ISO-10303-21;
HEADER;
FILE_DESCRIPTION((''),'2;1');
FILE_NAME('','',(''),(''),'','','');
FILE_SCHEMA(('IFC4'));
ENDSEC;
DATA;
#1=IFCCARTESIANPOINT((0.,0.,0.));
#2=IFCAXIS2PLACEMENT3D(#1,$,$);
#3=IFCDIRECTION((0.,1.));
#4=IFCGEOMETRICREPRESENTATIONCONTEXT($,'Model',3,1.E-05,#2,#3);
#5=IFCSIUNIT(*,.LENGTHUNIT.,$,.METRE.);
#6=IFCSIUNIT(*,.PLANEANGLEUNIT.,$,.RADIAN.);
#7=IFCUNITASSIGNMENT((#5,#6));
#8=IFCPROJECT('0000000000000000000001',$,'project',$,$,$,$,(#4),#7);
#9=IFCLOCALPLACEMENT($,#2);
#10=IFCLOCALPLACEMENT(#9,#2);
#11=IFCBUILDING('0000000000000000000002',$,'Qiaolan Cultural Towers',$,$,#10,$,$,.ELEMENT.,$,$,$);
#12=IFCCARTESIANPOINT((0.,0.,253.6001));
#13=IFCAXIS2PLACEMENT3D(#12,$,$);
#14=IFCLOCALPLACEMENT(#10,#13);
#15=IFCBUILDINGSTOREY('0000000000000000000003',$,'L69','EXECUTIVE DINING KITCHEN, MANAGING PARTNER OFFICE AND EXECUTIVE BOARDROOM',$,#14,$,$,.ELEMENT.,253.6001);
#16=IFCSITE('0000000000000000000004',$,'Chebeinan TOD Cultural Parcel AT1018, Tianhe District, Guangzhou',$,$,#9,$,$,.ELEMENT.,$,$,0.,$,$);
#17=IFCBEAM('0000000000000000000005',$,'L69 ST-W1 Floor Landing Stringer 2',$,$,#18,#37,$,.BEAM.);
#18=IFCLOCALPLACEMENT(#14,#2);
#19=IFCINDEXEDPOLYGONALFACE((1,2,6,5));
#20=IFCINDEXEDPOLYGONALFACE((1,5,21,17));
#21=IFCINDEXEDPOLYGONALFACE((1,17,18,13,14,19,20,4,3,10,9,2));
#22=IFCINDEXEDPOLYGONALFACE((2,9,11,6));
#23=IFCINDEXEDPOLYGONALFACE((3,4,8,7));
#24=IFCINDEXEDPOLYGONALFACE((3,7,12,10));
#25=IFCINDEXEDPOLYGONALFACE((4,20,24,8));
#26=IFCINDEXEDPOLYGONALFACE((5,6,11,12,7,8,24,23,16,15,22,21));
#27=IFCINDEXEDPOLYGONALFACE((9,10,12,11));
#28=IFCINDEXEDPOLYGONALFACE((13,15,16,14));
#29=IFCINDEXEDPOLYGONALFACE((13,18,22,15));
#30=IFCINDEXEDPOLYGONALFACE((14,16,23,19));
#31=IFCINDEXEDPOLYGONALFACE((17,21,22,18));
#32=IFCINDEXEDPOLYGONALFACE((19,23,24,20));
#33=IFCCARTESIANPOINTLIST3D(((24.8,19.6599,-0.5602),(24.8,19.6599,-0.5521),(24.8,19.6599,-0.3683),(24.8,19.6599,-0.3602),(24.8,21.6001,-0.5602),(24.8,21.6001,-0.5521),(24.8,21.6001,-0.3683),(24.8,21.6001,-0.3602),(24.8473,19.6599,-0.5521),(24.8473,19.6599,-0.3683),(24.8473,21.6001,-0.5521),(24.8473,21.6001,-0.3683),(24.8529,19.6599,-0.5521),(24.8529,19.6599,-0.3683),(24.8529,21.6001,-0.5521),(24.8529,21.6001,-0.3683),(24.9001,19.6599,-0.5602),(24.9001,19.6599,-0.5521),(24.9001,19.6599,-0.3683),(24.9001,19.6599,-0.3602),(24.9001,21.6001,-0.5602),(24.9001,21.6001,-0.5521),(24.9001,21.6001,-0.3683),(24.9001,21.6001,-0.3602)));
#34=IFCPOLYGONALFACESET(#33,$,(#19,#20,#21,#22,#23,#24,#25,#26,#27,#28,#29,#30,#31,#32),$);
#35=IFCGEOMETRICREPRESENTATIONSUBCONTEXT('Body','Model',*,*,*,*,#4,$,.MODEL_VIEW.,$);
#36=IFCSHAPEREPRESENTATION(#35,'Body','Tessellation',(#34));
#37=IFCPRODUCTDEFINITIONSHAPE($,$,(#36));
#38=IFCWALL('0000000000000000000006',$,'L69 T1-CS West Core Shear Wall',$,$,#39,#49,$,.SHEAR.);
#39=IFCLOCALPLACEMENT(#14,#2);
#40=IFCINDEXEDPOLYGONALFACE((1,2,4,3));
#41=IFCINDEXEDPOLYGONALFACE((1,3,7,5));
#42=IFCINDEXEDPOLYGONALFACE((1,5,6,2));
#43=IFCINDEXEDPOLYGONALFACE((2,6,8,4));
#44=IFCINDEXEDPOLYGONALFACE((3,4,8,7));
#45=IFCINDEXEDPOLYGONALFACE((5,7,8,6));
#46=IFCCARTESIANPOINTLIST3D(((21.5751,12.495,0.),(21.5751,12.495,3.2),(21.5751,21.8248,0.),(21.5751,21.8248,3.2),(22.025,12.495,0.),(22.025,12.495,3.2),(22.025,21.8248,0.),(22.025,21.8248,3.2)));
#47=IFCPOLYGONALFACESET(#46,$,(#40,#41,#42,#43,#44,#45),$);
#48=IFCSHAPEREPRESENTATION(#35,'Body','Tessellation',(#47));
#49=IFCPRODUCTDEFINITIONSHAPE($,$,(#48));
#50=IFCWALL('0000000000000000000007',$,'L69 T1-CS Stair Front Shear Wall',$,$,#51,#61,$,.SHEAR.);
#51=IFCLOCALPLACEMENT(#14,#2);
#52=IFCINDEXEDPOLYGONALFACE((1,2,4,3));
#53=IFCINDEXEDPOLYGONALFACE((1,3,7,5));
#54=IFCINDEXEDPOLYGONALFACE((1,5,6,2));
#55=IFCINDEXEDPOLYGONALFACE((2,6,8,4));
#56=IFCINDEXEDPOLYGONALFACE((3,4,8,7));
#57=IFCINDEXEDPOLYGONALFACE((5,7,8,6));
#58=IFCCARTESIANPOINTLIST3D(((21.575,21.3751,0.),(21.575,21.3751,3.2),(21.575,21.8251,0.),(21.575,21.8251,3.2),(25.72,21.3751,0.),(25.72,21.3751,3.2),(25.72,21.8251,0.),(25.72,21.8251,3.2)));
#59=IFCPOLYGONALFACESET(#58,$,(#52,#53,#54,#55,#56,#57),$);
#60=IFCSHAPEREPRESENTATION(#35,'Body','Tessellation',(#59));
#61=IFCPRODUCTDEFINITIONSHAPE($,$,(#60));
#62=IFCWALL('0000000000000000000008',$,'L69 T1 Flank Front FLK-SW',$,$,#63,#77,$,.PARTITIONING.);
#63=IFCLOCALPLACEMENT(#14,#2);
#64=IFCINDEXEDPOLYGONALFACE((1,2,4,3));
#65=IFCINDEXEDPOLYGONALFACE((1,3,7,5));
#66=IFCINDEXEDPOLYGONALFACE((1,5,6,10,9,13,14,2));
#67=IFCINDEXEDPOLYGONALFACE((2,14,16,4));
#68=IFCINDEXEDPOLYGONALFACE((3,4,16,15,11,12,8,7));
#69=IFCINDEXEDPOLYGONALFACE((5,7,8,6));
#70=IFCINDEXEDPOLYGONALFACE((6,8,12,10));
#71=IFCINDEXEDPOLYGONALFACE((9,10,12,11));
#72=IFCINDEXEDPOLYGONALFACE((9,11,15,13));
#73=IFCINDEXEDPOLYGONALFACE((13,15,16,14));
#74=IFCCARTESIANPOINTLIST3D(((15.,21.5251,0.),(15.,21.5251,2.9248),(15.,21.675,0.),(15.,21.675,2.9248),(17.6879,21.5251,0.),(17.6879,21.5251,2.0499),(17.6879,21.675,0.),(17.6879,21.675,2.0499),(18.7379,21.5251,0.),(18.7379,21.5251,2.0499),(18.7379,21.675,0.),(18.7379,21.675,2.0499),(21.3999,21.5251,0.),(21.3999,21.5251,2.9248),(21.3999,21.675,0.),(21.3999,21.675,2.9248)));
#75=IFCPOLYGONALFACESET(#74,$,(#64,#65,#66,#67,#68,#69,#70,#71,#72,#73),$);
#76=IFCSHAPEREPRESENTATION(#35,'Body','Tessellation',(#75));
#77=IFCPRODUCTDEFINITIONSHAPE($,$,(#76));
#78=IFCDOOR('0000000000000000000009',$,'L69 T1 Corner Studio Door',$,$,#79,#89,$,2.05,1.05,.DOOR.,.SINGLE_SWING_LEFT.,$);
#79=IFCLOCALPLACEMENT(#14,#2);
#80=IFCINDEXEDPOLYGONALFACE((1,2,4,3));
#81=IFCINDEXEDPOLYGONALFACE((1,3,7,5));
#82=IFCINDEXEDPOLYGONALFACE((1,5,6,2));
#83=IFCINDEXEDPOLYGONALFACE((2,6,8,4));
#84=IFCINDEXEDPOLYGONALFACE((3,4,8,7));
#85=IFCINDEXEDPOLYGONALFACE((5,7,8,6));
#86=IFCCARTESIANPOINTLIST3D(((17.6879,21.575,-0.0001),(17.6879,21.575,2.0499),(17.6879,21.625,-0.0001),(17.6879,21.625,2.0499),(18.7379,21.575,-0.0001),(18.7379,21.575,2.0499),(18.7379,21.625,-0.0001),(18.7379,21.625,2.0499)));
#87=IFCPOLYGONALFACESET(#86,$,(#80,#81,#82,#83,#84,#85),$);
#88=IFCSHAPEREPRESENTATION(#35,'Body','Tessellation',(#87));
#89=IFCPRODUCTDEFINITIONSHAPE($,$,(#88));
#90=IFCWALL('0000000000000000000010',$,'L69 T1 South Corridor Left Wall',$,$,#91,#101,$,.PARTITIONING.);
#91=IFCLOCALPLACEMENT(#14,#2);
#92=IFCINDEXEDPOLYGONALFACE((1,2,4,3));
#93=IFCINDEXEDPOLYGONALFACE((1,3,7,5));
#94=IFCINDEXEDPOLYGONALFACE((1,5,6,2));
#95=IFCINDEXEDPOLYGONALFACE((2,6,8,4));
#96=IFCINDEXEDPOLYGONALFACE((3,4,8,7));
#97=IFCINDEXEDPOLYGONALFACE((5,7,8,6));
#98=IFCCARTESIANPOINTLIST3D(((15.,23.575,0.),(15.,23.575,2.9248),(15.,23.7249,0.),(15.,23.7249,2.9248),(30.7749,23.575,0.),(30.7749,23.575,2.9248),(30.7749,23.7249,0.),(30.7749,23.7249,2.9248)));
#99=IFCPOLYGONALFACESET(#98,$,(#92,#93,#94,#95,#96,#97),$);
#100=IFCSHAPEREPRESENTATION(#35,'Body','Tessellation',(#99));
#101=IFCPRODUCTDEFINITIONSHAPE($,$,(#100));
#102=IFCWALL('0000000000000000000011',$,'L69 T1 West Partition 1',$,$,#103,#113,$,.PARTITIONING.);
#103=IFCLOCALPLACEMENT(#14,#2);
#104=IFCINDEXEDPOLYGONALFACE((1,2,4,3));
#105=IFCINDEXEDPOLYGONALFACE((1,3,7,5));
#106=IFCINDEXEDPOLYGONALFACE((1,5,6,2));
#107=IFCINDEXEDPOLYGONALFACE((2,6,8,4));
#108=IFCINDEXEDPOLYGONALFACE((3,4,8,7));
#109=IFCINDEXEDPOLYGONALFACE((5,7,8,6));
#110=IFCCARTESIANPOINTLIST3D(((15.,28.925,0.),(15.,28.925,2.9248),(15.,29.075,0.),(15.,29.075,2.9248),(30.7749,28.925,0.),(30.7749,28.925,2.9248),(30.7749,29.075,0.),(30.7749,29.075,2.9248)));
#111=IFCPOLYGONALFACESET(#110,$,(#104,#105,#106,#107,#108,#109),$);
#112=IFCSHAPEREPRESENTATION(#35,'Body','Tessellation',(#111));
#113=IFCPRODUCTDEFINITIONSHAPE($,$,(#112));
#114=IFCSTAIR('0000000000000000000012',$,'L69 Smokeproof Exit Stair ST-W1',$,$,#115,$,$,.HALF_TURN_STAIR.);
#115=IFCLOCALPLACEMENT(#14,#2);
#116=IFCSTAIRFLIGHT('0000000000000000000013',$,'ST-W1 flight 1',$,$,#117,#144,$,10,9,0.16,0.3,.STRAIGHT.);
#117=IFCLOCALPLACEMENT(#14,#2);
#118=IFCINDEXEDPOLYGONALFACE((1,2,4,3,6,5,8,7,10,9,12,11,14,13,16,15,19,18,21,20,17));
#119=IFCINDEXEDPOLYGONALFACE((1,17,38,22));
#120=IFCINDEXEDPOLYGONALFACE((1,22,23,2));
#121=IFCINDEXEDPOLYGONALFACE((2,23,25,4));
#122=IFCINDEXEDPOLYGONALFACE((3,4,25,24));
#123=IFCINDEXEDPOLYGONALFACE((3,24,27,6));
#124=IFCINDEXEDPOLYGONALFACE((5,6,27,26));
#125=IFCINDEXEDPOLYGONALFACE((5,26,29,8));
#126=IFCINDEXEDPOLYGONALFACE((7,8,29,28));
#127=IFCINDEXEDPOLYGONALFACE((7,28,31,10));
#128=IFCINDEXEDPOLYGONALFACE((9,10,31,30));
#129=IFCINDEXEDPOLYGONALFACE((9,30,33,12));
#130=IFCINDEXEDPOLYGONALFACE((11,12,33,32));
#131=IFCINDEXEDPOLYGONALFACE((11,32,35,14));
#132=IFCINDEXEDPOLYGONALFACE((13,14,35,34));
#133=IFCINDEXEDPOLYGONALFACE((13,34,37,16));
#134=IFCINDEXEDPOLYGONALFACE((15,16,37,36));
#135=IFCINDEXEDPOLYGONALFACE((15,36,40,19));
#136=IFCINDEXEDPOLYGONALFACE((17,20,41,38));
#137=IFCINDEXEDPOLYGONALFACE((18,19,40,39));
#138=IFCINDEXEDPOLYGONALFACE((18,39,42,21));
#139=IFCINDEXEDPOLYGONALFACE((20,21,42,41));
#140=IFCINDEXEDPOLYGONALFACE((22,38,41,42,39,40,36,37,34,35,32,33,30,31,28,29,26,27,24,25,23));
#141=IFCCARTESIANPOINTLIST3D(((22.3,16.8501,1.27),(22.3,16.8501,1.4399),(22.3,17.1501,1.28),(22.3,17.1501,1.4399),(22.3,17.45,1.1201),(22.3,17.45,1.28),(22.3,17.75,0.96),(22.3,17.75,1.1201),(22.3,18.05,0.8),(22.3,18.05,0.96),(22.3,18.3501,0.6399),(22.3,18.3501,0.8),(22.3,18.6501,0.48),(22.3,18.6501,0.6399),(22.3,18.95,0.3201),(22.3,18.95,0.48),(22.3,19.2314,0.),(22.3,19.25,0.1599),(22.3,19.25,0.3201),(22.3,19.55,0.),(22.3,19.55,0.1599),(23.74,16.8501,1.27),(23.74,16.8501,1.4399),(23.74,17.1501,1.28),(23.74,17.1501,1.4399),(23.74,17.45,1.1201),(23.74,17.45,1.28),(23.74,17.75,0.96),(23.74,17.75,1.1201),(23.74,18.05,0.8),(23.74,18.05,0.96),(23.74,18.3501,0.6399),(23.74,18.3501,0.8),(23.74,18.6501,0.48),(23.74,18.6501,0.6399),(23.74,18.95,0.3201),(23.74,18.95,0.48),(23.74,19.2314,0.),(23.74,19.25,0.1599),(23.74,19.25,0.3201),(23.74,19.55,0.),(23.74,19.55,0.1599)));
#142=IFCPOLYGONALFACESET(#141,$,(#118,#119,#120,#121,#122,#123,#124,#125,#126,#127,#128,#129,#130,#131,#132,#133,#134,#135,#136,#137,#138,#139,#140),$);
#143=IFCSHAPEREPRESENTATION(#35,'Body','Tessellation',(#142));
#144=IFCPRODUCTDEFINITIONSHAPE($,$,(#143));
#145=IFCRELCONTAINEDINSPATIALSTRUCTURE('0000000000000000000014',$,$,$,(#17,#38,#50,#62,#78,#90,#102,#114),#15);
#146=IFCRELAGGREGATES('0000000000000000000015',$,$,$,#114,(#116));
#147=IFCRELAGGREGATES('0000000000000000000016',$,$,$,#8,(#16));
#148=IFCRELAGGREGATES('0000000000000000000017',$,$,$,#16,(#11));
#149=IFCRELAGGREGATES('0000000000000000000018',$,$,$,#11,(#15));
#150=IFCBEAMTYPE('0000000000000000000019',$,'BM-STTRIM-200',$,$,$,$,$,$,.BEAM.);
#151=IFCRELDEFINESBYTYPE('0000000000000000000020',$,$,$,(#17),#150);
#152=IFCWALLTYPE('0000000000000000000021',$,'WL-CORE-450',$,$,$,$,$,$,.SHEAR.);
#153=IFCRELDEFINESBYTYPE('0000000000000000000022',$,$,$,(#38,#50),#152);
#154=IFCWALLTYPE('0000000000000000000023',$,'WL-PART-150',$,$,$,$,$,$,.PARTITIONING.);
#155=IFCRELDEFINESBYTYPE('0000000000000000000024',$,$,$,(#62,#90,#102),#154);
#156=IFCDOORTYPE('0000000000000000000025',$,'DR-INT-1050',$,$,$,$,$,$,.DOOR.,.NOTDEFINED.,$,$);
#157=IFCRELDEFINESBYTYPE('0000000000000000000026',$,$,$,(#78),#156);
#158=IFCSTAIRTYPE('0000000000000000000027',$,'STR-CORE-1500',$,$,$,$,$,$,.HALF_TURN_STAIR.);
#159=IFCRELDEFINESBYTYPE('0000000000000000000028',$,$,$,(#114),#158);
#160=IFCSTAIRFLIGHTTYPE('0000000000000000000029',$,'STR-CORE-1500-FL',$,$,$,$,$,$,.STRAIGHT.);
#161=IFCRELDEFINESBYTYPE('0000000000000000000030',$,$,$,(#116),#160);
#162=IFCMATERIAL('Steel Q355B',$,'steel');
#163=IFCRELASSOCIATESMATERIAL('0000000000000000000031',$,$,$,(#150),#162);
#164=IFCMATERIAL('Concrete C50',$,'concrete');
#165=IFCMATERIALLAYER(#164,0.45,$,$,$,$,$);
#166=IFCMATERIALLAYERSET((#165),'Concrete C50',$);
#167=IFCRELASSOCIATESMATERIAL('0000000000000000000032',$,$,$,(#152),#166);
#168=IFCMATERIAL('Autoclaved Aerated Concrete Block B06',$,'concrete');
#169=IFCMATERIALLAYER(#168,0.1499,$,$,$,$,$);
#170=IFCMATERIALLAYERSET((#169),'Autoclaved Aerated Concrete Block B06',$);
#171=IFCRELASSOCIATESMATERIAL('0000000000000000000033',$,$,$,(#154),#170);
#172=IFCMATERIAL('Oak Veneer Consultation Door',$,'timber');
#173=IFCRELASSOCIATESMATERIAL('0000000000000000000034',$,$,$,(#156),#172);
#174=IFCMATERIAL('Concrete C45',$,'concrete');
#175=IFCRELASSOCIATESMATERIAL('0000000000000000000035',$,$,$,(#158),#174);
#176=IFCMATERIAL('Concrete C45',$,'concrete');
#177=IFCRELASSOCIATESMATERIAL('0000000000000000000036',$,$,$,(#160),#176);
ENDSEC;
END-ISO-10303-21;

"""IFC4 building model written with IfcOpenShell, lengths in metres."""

from ifc_helpers import new_model, si_unit, direction, frame, frame_2d, origin, origin_2d, place, context, subcontext, project, spatial, polyline, rectangle, i_section, outline, extrude, material, layer, layer_set, material_profile, profile_set, type_object, element, fill, aggregate, save


model = new_model("IFC4")

# Units and contexts
model_context = context("Model", 3, precision=1e-05, world=origin(), true_north=direction((0.0, 1.0)))
body_context = subcontext(model_context, "Body", "Model", "MODEL_VIEW")
ifc_project = project(units=[si_unit("LENGTHUNIT", "METRE"), si_unit("PLANEANGLEUNIT", "RADIAN")], contexts=[model_context])

# Site, building, storey
site_placement = place(None, origin())
site = spatial("IfcSite", under=ifc_project, at=site_placement, Name="Chebeinan TOD Cultural Parcel AT1018, Tianhe District, Guangzhou", CompositionType="ELEMENT", RefElevation=0.0)
building_placement = place(site_placement, origin())
building = spatial("IfcBuilding", under=site, at=building_placement, Name="Qiaolan Cultural Towers", CompositionType="ELEMENT")
storey_placement = place(building_placement, frame((0.0, 0.0, 253.6001)))
storey = spatial("IfcBuildingStorey", under=building, at=storey_placement, Name="L69", Description="EXECUTIVE DINING KITCHEN, MANAGING PARTNER OFFICE AND EXECUTIVE BOARDROOM", CompositionType="ELEMENT", Elevation=253.6001)

# Beam
ifc_material_1 = material(Name="Steel Q355B", Category="steel")
ifc_material_profile_1 = material_profile(ifc_material_1, i_section(OverallWidth=0.1001, OverallDepth=0.2, WebThickness=0.0056, FlangeThickness=0.0081, at=origin_2d()), Name="HN200x100x5.5x8")
ifc_profile_set_1 = profile_set([ifc_material_profile_1], Name="Steel Q355B")
beam_type_1 = type_object("IfcBeamType", Name="BM-STTRIM-200", PredefinedType="BEAM", material=ifc_profile_set_1)
for number, where, z_axis, x_axis, name in (
    (1, (24.8501, 21.6001, -0.4602), (0.0, -1.0, 0.0), (1.0, 0.0, 0.0), "L69 ST-W1 Floor Landing Stringer 2"),
):
    element("IfcBeam", number, at=place(storey_placement, frame(where, z_axis=z_axis, x_axis=x_axis)), inside=storey, type_object=beam_type_1, Name=name, PredefinedType="BEAM", context=body_context, shape_type="SweptSolid", body=[
        extrude(i_section(OverallWidth=0.1001, OverallDepth=0.2, WebThickness=0.0056, FlangeThickness=0.0081, at=origin_2d()), origin(), (0.0, 0.0, 1.0), 1.9402),
    ])

# Walls
ifc_material_2 = material(Name="Concrete C50", Category="concrete")
ifc_layer_1 = layer(ifc_material_2, 0.45)
ifc_layer_set_1 = layer_set([ifc_layer_1], Name="Concrete C50")
wall_type_1 = type_object("IfcWallType", Name="WL-CORE-450", PredefinedType="SHEAR", material=ifc_layer_set_1)
wall_1_placement = place(storey_placement, frame((21.8, 21.825, 0.0), z_axis=(0.0, 0.0, 1.0), x_axis=(0.0, -1.0, 0.0)))
element("IfcWall", 2, at=wall_1_placement, inside=storey, type_object=wall_type_1, Name="L69 T1-CS West Core Shear Wall", PredefinedType="SHEAR", context=body_context, shape_type="SweptSolid", body=[
    extrude(rectangle(XDim=9.3298, YDim=0.45, at=frame_2d((4.665, 0.0))), origin(), (0.0, 0.0, 1.0), 3.2),
])
wall_2_placement = place(storey_placement, frame((21.575, 21.6001, 0.0), z_axis=(0.0, 0.0, 1.0), x_axis=(1.0, 0.0, 0.0)))
element("IfcWall", 3, at=wall_2_placement, inside=storey, type_object=wall_type_1, Name="L69 T1-CS Stair Front Shear Wall", PredefinedType="SHEAR", context=body_context, shape_type="SweptSolid", body=[
    extrude(rectangle(XDim=4.145, YDim=0.45, at=frame_2d((2.0725, 0.0))), origin(), (0.0, 0.0, 1.0), 3.2),
])

# Wall, opening, door
ifc_material_3 = material(Name="Autoclaved Aerated Concrete Block B06", Category="concrete")
ifc_layer_2 = layer(ifc_material_3, 0.1499)
ifc_layer_set_2 = layer_set([ifc_layer_2], Name="Autoclaved Aerated Concrete Block B06")
wall_type_2 = type_object("IfcWallType", Name="WL-PART-150", PredefinedType="PARTITIONING", material=ifc_layer_set_2)
wall_3_placement = place(storey_placement, frame((15.0, 21.6001, 0.0), z_axis=(0.0, 0.0, 1.0), x_axis=(1.0, 0.0, 0.0)))
wall_3 = element("IfcWall", 4, at=wall_3_placement, inside=storey, type_object=wall_type_2, Name="L69 T1 Flank Front FLK-SW", PredefinedType="PARTITIONING", context=body_context, shape_type="SweptSolid", body=[
    extrude(rectangle(XDim=6.3999, YDim=0.1499, at=frame_2d((3.2, 0.0))), origin(), (0.0, 0.0, 1.0), 2.9248),
])
opening_placement = place(wall_3_placement, frame((2.688, 0.0, 0.0)))
opening = element("IfcOpeningElement", 5, at=opening_placement, cuts=wall_3, PredefinedType="OPENING", context=body_context, shape_type="SweptSolid", body=[
    extrude(rectangle(XDim=1.05, YDim=2.05, at=frame_2d((0.5249, 1.0249))), frame((0.0, 0.085, 0.0), z_axis=(0.0, -1.0, 0.0), x_axis=(1.0, 0.0, 0.0)), (0.0, 0.0, 1.0), 0.1699),
])
ifc_material_4 = material(Name="Oak Veneer Consultation Door", Category="timber")
door_type = type_object("IfcDoorType", Name="DR-INT-1050", OperationType="NOTDEFINED", PredefinedType="DOOR", material=ifc_material_4)
door_placement = place(opening_placement, origin())
door = element("IfcDoor", 6, at=door_placement, inside=storey, type_object=door_type, Name="L69 T1 Corner Studio Door", OperationType="SINGLE_SWING_LEFT", OverallHeight=2.05, OverallWidth=1.05, PredefinedType="DOOR", context=body_context, shape_type="SweptSolid", body=[
    extrude(rectangle(XDim=1.05, YDim=2.05, at=frame_2d((0.5249, 1.0249))), frame((0.0, 0.0249, 0.0), z_axis=(0.0, -1.0, 0.0), x_axis=(1.0, 0.0, 0.0)), (0.0, 0.0, 1.0), 0.05),
])
fill(opening, door)

# Walls
for number, where, z_axis, x_axis, name in (
    (7, (15.0, 23.6499, 0.0), (0.0, 0.0, 1.0), (1.0, 0.0, 0.0), "L69 T1 South Corridor Left Wall"),
    (8, (15.0, 29.0, 0.0), (0.0, 0.0, 1.0), (1.0, 0.0, 0.0), "L69 T1 West Partition 1"),
):
    element("IfcWall", number, at=place(storey_placement, frame(where, z_axis=z_axis, x_axis=x_axis)), inside=storey, type_object=wall_type_2, Name=name, PredefinedType="PARTITIONING", context=body_context, shape_type="SweptSolid", body=[
        extrude(rectangle(XDim=15.7749, YDim=0.1499, at=frame_2d((7.8875, 0.0))), origin(), (0.0, 0.0, 1.0), 2.9248),
    ])

# Stair, stair flight
ifc_material_5 = material(Name="Concrete C45", Category="concrete")
stair_type = type_object("IfcStairType", Name="STR-CORE-1500", PredefinedType="HALF_TURN_STAIR", material=ifc_material_5)
stair_placement = place(storey_placement, origin())
stair = element("IfcStair", 9, at=stair_placement, inside=storey, type_object=stair_type, Name="L69 Smokeproof Exit Stair ST-W1", PredefinedType="HALF_TURN_STAIR")
ifc_material_6 = material(Name="Concrete C45", Category="concrete")
stair_flight_type = type_object("IfcStairFlightType", Name="STR-CORE-1500-FL", PredefinedType="STRAIGHT", material=ifc_material_6)
stair_flight_placement = place(storey_placement, frame((23.02, 19.55, 0.0), z_axis=(0.0, 0.0, 1.0), x_axis=(0.0, -1.0, 0.0)))
stair_flight = element("IfcStairFlight", 10, at=stair_flight_placement, type_object=stair_flight_type, Name="ST-W1 flight 1", NumberOfRisers=10, NumberOfTreads=9, PredefinedType="STRAIGHT", RiserHeight=0.16, TreadLength=0.3, context=body_context, shape_type="SweptSolid", body=[
    extrude(outline(polyline([(0.0, 0.0), (0.0, 0.1599), (0.3, 0.1599), (0.3, 0.3201), (0.6001, 0.3201), (0.6001, 0.48), (0.8999, 0.48), (0.8999, 0.6399), (1.2, 0.6399), (1.2, 0.8), (1.5, 0.8), (1.5, 0.96), (1.8, 0.96), (1.8, 1.1201), (2.1001, 1.1201), (2.1001, 1.28), (2.3999, 1.28), (2.3999, 1.4399), (2.7, 1.4399), (2.7, 1.6001), (2.7, 1.27), (0.3186, 0.0), (0.0, 0.0)])), frame((0.0, 0.72, 0.0), z_axis=(0.0, -1.0, 0.0), x_axis=(1.0, 0.0, 0.0)), (0.0, 0.0, 1.0), 1.4399),
])
aggregate(stair, [stair_flight])

save(model, "model.ifc")
